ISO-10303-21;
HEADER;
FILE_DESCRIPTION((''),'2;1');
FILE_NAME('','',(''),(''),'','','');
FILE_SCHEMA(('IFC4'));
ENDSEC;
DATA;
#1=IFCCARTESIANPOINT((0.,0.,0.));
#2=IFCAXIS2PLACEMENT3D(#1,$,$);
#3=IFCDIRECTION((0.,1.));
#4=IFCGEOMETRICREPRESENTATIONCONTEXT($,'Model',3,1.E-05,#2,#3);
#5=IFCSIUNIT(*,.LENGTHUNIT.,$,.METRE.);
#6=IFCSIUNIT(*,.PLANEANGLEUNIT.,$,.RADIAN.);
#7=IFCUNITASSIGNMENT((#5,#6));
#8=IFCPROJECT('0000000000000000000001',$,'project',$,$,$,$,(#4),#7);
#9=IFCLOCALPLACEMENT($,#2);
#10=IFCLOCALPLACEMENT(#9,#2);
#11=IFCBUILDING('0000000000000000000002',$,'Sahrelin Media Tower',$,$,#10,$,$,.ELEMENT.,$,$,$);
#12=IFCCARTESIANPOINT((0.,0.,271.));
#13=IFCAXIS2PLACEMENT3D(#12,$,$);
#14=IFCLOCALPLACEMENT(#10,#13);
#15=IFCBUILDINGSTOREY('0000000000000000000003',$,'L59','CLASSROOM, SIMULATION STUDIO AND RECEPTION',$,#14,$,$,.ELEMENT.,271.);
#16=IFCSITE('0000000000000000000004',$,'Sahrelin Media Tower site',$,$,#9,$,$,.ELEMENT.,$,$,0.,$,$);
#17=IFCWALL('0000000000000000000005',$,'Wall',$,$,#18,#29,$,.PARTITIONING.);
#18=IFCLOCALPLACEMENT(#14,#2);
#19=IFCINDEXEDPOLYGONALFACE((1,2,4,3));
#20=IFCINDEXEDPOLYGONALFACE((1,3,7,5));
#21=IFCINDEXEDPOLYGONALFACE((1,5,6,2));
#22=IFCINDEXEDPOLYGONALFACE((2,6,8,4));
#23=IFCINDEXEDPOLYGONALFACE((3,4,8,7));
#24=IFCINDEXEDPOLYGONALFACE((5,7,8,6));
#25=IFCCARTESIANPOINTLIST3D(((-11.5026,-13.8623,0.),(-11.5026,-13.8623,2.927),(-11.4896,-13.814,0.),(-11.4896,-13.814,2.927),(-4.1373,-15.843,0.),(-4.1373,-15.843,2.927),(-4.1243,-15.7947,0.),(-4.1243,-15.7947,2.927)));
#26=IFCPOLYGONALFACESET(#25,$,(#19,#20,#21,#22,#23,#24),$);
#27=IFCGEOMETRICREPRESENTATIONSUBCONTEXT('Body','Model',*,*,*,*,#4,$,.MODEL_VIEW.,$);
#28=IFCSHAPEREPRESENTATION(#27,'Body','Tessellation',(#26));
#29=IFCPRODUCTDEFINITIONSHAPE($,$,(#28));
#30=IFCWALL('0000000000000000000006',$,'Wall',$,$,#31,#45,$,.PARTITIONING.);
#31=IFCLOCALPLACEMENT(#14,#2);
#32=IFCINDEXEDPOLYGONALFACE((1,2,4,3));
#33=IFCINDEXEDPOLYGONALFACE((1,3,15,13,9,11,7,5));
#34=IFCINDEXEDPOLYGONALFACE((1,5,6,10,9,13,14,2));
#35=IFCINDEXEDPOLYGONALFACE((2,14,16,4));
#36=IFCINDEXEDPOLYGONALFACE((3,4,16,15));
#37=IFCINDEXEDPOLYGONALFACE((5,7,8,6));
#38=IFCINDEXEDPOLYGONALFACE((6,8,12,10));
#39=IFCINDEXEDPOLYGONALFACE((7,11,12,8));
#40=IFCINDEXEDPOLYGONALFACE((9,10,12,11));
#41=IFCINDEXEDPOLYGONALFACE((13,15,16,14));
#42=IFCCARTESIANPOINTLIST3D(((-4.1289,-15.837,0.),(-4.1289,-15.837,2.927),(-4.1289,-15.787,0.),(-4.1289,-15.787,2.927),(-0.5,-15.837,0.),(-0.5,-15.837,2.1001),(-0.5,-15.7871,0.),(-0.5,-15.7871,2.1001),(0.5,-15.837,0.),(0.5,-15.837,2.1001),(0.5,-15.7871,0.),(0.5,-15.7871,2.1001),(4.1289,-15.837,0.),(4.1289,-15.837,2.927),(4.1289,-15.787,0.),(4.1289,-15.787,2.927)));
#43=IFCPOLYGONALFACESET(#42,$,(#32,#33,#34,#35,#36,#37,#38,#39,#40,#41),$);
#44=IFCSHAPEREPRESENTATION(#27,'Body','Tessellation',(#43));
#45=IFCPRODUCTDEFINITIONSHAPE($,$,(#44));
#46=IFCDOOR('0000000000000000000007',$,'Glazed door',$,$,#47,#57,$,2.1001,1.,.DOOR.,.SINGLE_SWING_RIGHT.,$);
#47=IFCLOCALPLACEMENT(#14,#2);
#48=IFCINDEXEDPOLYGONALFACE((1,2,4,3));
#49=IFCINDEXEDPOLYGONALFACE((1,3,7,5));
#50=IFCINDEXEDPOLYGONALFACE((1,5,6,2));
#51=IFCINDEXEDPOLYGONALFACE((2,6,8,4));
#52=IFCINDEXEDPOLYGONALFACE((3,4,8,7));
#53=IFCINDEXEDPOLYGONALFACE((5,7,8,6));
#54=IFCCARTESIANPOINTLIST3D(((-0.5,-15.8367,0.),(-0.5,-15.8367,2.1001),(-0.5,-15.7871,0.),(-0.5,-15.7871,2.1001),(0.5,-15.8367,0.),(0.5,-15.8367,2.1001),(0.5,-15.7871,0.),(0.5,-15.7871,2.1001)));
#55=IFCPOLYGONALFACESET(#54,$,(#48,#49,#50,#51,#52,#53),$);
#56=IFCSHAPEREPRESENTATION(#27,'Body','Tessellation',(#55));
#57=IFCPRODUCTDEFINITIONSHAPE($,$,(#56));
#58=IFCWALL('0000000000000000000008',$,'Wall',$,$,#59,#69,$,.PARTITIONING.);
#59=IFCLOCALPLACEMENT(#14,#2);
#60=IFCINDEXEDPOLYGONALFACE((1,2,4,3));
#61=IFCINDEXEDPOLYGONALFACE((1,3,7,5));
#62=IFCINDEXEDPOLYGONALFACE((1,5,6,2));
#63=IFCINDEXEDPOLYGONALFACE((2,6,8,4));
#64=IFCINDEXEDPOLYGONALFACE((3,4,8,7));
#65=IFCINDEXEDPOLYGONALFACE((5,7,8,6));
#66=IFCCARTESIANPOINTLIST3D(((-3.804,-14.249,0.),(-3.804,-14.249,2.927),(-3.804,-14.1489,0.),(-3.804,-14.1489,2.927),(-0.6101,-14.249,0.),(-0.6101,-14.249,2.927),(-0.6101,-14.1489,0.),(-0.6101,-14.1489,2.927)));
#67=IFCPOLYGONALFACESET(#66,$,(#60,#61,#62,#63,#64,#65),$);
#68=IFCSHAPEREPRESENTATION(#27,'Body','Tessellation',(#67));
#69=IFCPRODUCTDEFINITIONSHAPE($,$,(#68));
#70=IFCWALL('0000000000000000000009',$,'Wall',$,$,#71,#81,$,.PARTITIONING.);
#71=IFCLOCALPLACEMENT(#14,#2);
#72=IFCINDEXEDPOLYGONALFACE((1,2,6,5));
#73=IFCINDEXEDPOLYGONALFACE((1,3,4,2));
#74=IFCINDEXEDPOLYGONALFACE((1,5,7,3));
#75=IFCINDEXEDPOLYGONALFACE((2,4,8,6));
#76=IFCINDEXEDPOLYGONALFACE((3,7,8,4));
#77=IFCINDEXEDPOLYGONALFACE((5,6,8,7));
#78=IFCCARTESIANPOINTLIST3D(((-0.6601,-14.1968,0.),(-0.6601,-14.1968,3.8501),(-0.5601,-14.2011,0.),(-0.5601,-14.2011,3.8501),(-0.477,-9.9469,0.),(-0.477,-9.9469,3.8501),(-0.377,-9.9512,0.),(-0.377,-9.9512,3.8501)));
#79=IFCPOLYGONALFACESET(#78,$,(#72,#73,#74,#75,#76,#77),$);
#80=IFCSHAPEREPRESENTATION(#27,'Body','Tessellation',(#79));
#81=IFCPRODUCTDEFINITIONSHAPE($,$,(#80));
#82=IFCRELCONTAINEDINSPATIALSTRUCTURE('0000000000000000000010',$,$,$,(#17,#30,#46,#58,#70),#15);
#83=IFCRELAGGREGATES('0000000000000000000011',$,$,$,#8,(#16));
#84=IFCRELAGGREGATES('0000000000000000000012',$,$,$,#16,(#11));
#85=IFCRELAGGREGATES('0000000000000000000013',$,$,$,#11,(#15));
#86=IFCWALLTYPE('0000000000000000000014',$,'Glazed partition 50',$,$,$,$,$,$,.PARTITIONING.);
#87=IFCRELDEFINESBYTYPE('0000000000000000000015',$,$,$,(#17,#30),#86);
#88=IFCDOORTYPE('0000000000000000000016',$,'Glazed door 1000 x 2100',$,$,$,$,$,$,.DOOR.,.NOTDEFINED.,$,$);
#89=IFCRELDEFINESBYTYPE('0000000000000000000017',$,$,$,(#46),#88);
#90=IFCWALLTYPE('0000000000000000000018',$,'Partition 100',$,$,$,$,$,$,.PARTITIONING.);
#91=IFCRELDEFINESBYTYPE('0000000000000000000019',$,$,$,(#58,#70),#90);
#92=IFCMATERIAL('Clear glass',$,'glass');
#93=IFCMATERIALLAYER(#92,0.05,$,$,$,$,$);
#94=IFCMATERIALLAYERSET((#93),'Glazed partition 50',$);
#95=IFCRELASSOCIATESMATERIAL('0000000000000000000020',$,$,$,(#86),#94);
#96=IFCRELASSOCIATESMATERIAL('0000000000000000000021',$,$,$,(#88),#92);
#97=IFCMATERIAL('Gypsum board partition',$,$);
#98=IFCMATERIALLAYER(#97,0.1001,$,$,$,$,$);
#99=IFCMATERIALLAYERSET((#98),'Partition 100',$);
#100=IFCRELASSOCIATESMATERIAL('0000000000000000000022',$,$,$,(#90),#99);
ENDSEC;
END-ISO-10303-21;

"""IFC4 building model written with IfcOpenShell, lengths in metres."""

from ifc_helpers import new_model, si_unit, direction, frame, frame_2d, origin, place, context, subcontext, project, spatial, rectangle, extrude, material, layer, layer_set, type_object, element, fill, save


model = new_model("IFC4")

# Units and contexts
model_context = context("Model", 3, precision=1e-05, world=origin(), true_north=direction((0.0, 1.0)))
body_context = subcontext(model_context, "Body", "Model", "MODEL_VIEW")
ifc_project = project(units=[si_unit("LENGTHUNIT", "METRE"), si_unit("PLANEANGLEUNIT", "RADIAN")], contexts=[model_context])

# Site, building, storey
site_placement = place(None, origin())
site = spatial("IfcSite", under=ifc_project, at=site_placement, Name="Sahrelin Media Tower site", CompositionType="ELEMENT", RefElevation=0.0)
building_placement = place(site_placement, origin())
building = spatial("IfcBuilding", under=site, at=building_placement, Name="Sahrelin Media Tower", CompositionType="ELEMENT")
storey_placement = place(building_placement, frame((0.0, 0.0, 271.0)))
storey = spatial("IfcBuildingStorey", under=building, at=storey_placement, Name="L59", Description="CLASSROOM, SIMULATION STUDIO AND RECEPTION", CompositionType="ELEMENT", Elevation=271.0)

# Wall
ifc_material_1 = material(Name="Clear glass", Category="glass")
ifc_layer_1 = layer(ifc_material_1, 0.05)
ifc_layer_set_1 = layer_set([ifc_layer_1], Name="Glazed partition 50")
wall_type_1 = type_object("IfcWallType", Name="Glazed partition 50", PredefinedType="PARTITIONING", material=ifc_layer_set_1)
wall_1_placement = place(storey_placement, frame((-11.4961, -13.8381, 0.0), z_axis=(0.0, 0.0, 1.0), x_axis=(0.965689, -0.2597, 0.0)))
element("IfcWall", 1, at=wall_1_placement, inside=storey, type_object=wall_type_1, Name="Wall", PredefinedType="PARTITIONING", context=body_context, shape_type="SweptSolid", body=[
    extrude(rectangle(XDim=7.627, YDim=0.05, at=frame_2d((3.8135, 0.0))), origin(), (0.0, 0.0, 1.0), 2.927),
])

# Wall, opening, door
wall_2_placement = place(storey_placement, frame((-4.1289, -15.812, 0.0), z_axis=(0.0, 0.0, 1.0), x_axis=(1.0, 0.0, 0.0)))
wall_2 = element("IfcWall", 2, at=wall_2_placement, inside=storey, type_object=wall_type_1, Name="Wall", PredefinedType="PARTITIONING", context=body_context, shape_type="SweptSolid", body=[
    extrude(rectangle(XDim=8.2578, YDim=0.05, at=frame_2d((4.1289, 0.0))), origin(), (0.0, 0.0, 1.0), 2.927),
])
opening_1_placement = place(wall_2_placement, frame((3.6289, 0.0, 0.0)))
opening_1 = element("IfcOpeningElement", 3, at=opening_1_placement, cuts=wall_2, PredefinedType="OPENING", context=body_context, shape_type="SweptSolid", body=[
    extrude(rectangle(XDim=1.0, YDim=2.1001, at=frame_2d((0.5, 1.05))), frame((0.0, 0.0249, 0.0), z_axis=(0.0, -1.0, 0.0), x_axis=(1.0, 0.0, 0.0)), (0.0, 0.0, 1.0), 0.05),
])
door_type_1 = type_object("IfcDoorType", Name="Glazed door 1000 x 2100", OperationType="NOTDEFINED", PredefinedType="DOOR", material=ifc_material_1)
door_1_placement = place(opening_1_placement, origin())
door_1 = element("IfcDoor", 4, at=door_1_placement, inside=storey, type_object=door_type_1, Name="Glazed door", OperationType="SINGLE_SWING_RIGHT", OverallHeight=2.1001, OverallWidth=1.0, PredefinedType="DOOR", context=body_context, shape_type="SweptSolid", body=[
    extrude(rectangle(XDim=1.0, YDim=2.1001, at=frame_2d((0.5, 1.05))), frame((0.0, 0.0249, 0.0), z_axis=(0.0, -1.0, 0.0), x_axis=(1.0, 0.0, 0.0)), (0.0, 0.0, 1.0), 0.0496),
])
fill(opening_1, door_1)

# Walls
ifc_material_2 = material(Name="Gypsum board partition")
ifc_layer_2 = layer(ifc_material_2, 0.1001)
ifc_layer_set_2 = layer_set([ifc_layer_2], Name="Partition 100")
wall_type_2 = type_object("IfcWallType", Name="Partition 100", PredefinedType="PARTITIONING", material=ifc_layer_set_2)
wall_3_placement = place(storey_placement, frame((-3.804, -14.199, 0.0), z_axis=(0.0, 0.0, 1.0), x_axis=(1.0, 0.0, 0.0)))
element("IfcWall", 5, at=wall_3_placement, inside=storey, type_object=wall_type_2, Name="Wall", PredefinedType="PARTITIONING", context=body_context, shape_type="SweptSolid", body=[
    extrude(rectangle(XDim=3.1938, YDim=0.1001, at=frame_2d((1.5969, 0.0))), origin(), (0.0, 0.0, 1.0), 2.927),
])
wall_4_placement = place(storey_placement, frame((-0.6101, -14.199, 0.0), z_axis=(0.0, 0.0, 1.0), x_axis=(0.043044, 0.999073, 0.0)))
element("IfcWall", 6, at=wall_4_placement, inside=storey, type_object=wall_type_2, Name="Wall", PredefinedType="PARTITIONING", context=body_context, shape_type="SweptSolid", body=[
    extrude(rectangle(XDim=4.2539, YDim=0.1001, at=frame_2d((2.127, 0.0))), origin(), (0.0, 0.0, 1.0), 3.8501),
])

save(model, "model.ifc")
